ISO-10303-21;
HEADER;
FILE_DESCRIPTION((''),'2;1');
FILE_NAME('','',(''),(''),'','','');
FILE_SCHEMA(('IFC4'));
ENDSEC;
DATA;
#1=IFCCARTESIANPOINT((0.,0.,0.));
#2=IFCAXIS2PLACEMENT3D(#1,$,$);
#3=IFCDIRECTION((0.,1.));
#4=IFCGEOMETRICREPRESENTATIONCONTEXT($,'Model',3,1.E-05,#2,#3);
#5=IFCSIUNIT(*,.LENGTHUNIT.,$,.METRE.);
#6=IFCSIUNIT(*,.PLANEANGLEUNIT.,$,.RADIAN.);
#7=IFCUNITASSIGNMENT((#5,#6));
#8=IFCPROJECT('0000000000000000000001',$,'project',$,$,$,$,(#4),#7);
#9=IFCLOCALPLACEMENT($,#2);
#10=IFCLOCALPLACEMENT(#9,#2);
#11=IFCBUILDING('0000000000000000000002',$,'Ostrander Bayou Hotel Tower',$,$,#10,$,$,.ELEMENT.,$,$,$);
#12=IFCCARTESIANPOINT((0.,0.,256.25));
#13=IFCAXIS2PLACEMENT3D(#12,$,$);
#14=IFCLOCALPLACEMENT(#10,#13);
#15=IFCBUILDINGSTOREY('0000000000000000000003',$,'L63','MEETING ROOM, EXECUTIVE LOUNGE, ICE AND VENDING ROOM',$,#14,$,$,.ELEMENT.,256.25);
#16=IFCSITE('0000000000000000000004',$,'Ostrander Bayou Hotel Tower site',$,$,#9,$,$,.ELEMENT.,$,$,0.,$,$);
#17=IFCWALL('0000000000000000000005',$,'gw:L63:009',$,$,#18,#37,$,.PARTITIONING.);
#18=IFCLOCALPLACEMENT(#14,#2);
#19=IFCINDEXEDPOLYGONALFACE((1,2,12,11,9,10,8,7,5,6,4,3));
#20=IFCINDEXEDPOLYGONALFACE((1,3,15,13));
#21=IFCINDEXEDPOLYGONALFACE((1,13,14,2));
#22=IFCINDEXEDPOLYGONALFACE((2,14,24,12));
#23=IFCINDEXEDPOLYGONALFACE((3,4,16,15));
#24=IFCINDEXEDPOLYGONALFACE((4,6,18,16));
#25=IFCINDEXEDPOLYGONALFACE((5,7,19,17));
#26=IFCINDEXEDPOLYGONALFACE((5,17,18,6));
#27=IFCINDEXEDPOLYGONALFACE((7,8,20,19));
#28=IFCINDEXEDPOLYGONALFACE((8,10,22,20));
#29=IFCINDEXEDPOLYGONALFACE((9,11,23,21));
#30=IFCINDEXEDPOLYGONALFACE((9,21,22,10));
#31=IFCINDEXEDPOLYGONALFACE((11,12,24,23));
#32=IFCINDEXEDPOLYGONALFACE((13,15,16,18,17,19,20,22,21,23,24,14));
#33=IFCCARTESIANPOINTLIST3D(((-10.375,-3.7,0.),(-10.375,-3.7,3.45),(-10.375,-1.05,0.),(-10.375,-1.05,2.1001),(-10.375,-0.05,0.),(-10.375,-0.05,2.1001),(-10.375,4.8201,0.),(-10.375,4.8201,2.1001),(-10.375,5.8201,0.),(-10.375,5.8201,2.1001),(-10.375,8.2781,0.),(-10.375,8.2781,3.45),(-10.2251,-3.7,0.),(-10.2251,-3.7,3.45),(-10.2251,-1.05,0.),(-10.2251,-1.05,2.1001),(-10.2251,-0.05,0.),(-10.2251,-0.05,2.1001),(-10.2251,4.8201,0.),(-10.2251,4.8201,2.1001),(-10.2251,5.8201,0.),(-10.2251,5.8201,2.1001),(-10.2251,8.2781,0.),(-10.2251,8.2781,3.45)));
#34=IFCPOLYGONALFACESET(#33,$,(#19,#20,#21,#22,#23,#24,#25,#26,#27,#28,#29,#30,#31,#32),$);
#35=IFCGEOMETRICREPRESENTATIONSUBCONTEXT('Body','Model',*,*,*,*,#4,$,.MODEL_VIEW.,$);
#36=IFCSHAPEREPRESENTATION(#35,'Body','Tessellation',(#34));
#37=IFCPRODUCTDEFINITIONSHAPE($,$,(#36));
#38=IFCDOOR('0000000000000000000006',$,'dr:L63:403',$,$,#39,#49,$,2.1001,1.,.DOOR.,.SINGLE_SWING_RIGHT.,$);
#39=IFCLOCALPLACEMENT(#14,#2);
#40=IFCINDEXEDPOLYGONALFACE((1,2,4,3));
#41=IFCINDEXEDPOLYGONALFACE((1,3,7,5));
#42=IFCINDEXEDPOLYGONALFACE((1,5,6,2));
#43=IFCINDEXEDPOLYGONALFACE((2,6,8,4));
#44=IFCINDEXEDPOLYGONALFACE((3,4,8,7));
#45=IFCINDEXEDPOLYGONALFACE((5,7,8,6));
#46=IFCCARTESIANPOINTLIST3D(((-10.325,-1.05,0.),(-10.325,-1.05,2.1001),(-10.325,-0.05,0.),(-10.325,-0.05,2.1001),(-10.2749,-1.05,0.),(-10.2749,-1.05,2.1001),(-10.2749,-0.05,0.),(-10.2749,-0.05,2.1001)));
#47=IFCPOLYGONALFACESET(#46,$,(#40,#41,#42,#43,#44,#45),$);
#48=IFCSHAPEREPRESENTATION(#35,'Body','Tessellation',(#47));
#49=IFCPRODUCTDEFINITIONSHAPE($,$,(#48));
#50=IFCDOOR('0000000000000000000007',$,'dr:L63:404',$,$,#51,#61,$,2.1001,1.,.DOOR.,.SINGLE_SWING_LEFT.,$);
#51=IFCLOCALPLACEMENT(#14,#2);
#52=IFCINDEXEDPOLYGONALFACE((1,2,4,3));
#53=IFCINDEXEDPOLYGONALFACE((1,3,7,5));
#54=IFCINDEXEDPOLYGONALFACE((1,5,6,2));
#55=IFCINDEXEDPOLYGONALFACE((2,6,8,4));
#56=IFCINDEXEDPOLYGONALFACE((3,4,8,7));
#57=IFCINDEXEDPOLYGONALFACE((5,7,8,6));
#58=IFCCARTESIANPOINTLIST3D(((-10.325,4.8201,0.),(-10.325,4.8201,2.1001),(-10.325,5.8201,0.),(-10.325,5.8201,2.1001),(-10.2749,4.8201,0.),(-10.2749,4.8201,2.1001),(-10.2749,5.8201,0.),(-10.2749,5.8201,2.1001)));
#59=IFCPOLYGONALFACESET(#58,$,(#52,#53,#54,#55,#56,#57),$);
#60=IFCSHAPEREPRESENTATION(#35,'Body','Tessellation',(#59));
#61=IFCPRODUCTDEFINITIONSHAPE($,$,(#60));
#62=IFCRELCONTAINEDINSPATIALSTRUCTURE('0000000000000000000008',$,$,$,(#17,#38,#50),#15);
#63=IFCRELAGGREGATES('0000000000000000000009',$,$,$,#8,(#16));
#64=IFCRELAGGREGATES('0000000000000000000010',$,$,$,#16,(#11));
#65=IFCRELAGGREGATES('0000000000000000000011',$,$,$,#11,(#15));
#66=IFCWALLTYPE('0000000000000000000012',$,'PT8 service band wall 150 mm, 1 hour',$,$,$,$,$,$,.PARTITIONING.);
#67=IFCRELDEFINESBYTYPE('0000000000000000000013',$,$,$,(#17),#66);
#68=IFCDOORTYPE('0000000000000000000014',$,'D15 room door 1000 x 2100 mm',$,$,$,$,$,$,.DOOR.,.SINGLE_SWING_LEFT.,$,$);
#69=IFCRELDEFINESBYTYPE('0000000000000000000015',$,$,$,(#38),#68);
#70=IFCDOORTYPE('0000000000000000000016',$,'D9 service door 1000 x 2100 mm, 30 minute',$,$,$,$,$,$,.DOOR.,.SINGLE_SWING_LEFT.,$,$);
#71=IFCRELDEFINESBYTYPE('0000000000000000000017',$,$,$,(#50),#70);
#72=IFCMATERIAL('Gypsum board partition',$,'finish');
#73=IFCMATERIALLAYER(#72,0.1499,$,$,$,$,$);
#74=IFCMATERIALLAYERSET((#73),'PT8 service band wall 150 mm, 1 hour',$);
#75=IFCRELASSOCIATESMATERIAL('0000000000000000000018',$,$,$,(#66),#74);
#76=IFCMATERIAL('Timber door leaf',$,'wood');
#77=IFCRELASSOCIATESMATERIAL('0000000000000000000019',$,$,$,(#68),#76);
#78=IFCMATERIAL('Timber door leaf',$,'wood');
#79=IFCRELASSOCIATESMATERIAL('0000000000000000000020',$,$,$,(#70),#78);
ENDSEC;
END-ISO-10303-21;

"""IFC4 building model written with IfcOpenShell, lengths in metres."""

from ifc_helpers import new_model, si_unit, direction, frame, frame_2d, origin, place, context, subcontext, project, spatial, rectangle, extrude, material, layer, layer_set, type_object, element, fill, save


model = new_model("IFC4")

# Units and contexts
model_context = context("Model", 3, precision=1e-05, world=origin(), true_north=direction((0.0, 1.0)))
body_context = subcontext(model_context, "Body", "Model", "MODEL_VIEW")
ifc_project = project(units=[si_unit("LENGTHUNIT", "METRE"), si_unit("PLANEANGLEUNIT", "RADIAN")], contexts=[model_context])

# Site, building, storey
site_placement = place(None, origin())
site = spatial("IfcSite", under=ifc_project, at=site_placement, Name="Ostrander Bayou Hotel Tower site", CompositionType="ELEMENT", RefElevation=0.0)
building_placement = place(site_placement, origin())
building = spatial("IfcBuilding", under=site, at=building_placement, Name="Ostrander Bayou Hotel Tower", CompositionType="ELEMENT")
storey_placement = place(building_placement, frame((0.0, 0.0, 256.25)))
storey = spatial("IfcBuildingStorey", under=building, at=storey_placement, Name="L63", Description="MEETING ROOM, EXECUTIVE LOUNGE, ICE AND VENDING ROOM", CompositionType="ELEMENT", Elevation=256.25)

# Wall, openings, doors
ifc_material_1 = material(Name="Gypsum board partition", Category="finish")
ifc_layer_1 = layer(ifc_material_1, 0.1499)
ifc_layer_set_1 = layer_set([ifc_layer_1], Name="PT8 service band wall 150 mm, 1 hour")
wall_type_1 = type_object("IfcWallType", Name="PT8 service band wall 150 mm, 1 hour", PredefinedType="PARTITIONING", material=ifc_layer_set_1)
wall_1_placement = place(storey_placement, frame((-10.3, -3.7, 0.0), z_axis=(0.0, 0.0, 1.0), x_axis=(0.0, 1.0, 0.0)))
wall_1 = element("IfcWall", 1, at=wall_1_placement, inside=storey, type_object=wall_type_1, Name="gw:L63:009", PredefinedType="PARTITIONING", context=body_context, shape_type="SweptSolid", body=[
    extrude(rectangle(XDim=11.978, YDim=0.1499, at=frame_2d((5.989, 0.0))), origin(), (0.0, 0.0, 1.0), 3.45),
])
opening_1_placement = place(wall_1_placement, frame((2.6499, 0.0, 0.0)))
opening_1 = element("IfcOpeningElement", 2, at=opening_1_placement, cuts=wall_1, PredefinedType="OPENING", context=body_context, shape_type="SweptSolid", body=[
    extrude(rectangle(XDim=1.0, YDim=2.1001, at=frame_2d((0.5, 1.05))), frame((0.0, 0.075, 0.0), z_axis=(0.0, -1.0, 0.0), x_axis=(1.0, 0.0, 0.0)), (0.0, 0.0, 1.0), 0.1499),
])
opening_2_placement = place(wall_1_placement, frame((8.52, 0.0, 0.0)))
opening_2 = element("IfcOpeningElement", 3, at=opening_2_placement, cuts=wall_1, PredefinedType="OPENING", context=body_context, shape_type="SweptSolid", body=[
    extrude(rectangle(XDim=1.0, YDim=2.1001, at=frame_2d((0.5, 1.05))), frame((0.0, 0.075, 0.0), z_axis=(0.0, -1.0, 0.0), x_axis=(1.0, 0.0, 0.0)), (0.0, 0.0, 1.0), 0.1499),
])
ifc_material_2 = material(Name="Timber door leaf", Category="wood")
door_type_1 = type_object("IfcDoorType", Name="D15 room door 1000 x 2100 mm", OperationType="SINGLE_SWING_LEFT", PredefinedType="DOOR", material=ifc_material_2)
door_1_placement = place(opening_1_placement, origin())
door_1 = element("IfcDoor", 4, at=door_1_placement, inside=storey, type_object=door_type_1, Name="dr:L63:403", OperationType="SINGLE_SWING_RIGHT", OverallHeight=2.1001, OverallWidth=1.0, PredefinedType="DOOR", context=body_context, shape_type="SweptSolid", body=[
    extrude(rectangle(XDim=1.0, YDim=2.1001, at=frame_2d((0.5, 1.05))), frame((0.0, 0.0249, 0.0), z_axis=(0.0, -1.0, 0.0), x_axis=(1.0, 0.0, 0.0)), (0.0, 0.0, 1.0), 0.05),
])
fill(opening_1, door_1)
ifc_material_3 = material(Name="Timber door leaf", Category="wood")
door_type_2 = type_object("IfcDoorType", Name="D9 service door 1000 x 2100 mm, 30 minute", OperationType="SINGLE_SWING_LEFT", PredefinedType="DOOR", material=ifc_material_3)
door_2_placement = place(opening_2_placement, origin())
door_2 = element("IfcDoor", 5, at=door_2_placement, inside=storey, type_object=door_type_2, Name="dr:L63:404", OperationType="SINGLE_SWING_LEFT", OverallHeight=2.1001, OverallWidth=1.0, PredefinedType="DOOR", context=body_context, shape_type="SweptSolid", body=[
    extrude(rectangle(XDim=1.0, YDim=2.1001, at=frame_2d((0.5, 1.05))), frame((0.0, 0.0249, 0.0), z_axis=(0.0, -1.0, 0.0), x_axis=(1.0, 0.0, 0.0)), (0.0, 0.0, 1.0), 0.05),
])
fill(opening_2, door_2)

save(model, "model.ifc")
